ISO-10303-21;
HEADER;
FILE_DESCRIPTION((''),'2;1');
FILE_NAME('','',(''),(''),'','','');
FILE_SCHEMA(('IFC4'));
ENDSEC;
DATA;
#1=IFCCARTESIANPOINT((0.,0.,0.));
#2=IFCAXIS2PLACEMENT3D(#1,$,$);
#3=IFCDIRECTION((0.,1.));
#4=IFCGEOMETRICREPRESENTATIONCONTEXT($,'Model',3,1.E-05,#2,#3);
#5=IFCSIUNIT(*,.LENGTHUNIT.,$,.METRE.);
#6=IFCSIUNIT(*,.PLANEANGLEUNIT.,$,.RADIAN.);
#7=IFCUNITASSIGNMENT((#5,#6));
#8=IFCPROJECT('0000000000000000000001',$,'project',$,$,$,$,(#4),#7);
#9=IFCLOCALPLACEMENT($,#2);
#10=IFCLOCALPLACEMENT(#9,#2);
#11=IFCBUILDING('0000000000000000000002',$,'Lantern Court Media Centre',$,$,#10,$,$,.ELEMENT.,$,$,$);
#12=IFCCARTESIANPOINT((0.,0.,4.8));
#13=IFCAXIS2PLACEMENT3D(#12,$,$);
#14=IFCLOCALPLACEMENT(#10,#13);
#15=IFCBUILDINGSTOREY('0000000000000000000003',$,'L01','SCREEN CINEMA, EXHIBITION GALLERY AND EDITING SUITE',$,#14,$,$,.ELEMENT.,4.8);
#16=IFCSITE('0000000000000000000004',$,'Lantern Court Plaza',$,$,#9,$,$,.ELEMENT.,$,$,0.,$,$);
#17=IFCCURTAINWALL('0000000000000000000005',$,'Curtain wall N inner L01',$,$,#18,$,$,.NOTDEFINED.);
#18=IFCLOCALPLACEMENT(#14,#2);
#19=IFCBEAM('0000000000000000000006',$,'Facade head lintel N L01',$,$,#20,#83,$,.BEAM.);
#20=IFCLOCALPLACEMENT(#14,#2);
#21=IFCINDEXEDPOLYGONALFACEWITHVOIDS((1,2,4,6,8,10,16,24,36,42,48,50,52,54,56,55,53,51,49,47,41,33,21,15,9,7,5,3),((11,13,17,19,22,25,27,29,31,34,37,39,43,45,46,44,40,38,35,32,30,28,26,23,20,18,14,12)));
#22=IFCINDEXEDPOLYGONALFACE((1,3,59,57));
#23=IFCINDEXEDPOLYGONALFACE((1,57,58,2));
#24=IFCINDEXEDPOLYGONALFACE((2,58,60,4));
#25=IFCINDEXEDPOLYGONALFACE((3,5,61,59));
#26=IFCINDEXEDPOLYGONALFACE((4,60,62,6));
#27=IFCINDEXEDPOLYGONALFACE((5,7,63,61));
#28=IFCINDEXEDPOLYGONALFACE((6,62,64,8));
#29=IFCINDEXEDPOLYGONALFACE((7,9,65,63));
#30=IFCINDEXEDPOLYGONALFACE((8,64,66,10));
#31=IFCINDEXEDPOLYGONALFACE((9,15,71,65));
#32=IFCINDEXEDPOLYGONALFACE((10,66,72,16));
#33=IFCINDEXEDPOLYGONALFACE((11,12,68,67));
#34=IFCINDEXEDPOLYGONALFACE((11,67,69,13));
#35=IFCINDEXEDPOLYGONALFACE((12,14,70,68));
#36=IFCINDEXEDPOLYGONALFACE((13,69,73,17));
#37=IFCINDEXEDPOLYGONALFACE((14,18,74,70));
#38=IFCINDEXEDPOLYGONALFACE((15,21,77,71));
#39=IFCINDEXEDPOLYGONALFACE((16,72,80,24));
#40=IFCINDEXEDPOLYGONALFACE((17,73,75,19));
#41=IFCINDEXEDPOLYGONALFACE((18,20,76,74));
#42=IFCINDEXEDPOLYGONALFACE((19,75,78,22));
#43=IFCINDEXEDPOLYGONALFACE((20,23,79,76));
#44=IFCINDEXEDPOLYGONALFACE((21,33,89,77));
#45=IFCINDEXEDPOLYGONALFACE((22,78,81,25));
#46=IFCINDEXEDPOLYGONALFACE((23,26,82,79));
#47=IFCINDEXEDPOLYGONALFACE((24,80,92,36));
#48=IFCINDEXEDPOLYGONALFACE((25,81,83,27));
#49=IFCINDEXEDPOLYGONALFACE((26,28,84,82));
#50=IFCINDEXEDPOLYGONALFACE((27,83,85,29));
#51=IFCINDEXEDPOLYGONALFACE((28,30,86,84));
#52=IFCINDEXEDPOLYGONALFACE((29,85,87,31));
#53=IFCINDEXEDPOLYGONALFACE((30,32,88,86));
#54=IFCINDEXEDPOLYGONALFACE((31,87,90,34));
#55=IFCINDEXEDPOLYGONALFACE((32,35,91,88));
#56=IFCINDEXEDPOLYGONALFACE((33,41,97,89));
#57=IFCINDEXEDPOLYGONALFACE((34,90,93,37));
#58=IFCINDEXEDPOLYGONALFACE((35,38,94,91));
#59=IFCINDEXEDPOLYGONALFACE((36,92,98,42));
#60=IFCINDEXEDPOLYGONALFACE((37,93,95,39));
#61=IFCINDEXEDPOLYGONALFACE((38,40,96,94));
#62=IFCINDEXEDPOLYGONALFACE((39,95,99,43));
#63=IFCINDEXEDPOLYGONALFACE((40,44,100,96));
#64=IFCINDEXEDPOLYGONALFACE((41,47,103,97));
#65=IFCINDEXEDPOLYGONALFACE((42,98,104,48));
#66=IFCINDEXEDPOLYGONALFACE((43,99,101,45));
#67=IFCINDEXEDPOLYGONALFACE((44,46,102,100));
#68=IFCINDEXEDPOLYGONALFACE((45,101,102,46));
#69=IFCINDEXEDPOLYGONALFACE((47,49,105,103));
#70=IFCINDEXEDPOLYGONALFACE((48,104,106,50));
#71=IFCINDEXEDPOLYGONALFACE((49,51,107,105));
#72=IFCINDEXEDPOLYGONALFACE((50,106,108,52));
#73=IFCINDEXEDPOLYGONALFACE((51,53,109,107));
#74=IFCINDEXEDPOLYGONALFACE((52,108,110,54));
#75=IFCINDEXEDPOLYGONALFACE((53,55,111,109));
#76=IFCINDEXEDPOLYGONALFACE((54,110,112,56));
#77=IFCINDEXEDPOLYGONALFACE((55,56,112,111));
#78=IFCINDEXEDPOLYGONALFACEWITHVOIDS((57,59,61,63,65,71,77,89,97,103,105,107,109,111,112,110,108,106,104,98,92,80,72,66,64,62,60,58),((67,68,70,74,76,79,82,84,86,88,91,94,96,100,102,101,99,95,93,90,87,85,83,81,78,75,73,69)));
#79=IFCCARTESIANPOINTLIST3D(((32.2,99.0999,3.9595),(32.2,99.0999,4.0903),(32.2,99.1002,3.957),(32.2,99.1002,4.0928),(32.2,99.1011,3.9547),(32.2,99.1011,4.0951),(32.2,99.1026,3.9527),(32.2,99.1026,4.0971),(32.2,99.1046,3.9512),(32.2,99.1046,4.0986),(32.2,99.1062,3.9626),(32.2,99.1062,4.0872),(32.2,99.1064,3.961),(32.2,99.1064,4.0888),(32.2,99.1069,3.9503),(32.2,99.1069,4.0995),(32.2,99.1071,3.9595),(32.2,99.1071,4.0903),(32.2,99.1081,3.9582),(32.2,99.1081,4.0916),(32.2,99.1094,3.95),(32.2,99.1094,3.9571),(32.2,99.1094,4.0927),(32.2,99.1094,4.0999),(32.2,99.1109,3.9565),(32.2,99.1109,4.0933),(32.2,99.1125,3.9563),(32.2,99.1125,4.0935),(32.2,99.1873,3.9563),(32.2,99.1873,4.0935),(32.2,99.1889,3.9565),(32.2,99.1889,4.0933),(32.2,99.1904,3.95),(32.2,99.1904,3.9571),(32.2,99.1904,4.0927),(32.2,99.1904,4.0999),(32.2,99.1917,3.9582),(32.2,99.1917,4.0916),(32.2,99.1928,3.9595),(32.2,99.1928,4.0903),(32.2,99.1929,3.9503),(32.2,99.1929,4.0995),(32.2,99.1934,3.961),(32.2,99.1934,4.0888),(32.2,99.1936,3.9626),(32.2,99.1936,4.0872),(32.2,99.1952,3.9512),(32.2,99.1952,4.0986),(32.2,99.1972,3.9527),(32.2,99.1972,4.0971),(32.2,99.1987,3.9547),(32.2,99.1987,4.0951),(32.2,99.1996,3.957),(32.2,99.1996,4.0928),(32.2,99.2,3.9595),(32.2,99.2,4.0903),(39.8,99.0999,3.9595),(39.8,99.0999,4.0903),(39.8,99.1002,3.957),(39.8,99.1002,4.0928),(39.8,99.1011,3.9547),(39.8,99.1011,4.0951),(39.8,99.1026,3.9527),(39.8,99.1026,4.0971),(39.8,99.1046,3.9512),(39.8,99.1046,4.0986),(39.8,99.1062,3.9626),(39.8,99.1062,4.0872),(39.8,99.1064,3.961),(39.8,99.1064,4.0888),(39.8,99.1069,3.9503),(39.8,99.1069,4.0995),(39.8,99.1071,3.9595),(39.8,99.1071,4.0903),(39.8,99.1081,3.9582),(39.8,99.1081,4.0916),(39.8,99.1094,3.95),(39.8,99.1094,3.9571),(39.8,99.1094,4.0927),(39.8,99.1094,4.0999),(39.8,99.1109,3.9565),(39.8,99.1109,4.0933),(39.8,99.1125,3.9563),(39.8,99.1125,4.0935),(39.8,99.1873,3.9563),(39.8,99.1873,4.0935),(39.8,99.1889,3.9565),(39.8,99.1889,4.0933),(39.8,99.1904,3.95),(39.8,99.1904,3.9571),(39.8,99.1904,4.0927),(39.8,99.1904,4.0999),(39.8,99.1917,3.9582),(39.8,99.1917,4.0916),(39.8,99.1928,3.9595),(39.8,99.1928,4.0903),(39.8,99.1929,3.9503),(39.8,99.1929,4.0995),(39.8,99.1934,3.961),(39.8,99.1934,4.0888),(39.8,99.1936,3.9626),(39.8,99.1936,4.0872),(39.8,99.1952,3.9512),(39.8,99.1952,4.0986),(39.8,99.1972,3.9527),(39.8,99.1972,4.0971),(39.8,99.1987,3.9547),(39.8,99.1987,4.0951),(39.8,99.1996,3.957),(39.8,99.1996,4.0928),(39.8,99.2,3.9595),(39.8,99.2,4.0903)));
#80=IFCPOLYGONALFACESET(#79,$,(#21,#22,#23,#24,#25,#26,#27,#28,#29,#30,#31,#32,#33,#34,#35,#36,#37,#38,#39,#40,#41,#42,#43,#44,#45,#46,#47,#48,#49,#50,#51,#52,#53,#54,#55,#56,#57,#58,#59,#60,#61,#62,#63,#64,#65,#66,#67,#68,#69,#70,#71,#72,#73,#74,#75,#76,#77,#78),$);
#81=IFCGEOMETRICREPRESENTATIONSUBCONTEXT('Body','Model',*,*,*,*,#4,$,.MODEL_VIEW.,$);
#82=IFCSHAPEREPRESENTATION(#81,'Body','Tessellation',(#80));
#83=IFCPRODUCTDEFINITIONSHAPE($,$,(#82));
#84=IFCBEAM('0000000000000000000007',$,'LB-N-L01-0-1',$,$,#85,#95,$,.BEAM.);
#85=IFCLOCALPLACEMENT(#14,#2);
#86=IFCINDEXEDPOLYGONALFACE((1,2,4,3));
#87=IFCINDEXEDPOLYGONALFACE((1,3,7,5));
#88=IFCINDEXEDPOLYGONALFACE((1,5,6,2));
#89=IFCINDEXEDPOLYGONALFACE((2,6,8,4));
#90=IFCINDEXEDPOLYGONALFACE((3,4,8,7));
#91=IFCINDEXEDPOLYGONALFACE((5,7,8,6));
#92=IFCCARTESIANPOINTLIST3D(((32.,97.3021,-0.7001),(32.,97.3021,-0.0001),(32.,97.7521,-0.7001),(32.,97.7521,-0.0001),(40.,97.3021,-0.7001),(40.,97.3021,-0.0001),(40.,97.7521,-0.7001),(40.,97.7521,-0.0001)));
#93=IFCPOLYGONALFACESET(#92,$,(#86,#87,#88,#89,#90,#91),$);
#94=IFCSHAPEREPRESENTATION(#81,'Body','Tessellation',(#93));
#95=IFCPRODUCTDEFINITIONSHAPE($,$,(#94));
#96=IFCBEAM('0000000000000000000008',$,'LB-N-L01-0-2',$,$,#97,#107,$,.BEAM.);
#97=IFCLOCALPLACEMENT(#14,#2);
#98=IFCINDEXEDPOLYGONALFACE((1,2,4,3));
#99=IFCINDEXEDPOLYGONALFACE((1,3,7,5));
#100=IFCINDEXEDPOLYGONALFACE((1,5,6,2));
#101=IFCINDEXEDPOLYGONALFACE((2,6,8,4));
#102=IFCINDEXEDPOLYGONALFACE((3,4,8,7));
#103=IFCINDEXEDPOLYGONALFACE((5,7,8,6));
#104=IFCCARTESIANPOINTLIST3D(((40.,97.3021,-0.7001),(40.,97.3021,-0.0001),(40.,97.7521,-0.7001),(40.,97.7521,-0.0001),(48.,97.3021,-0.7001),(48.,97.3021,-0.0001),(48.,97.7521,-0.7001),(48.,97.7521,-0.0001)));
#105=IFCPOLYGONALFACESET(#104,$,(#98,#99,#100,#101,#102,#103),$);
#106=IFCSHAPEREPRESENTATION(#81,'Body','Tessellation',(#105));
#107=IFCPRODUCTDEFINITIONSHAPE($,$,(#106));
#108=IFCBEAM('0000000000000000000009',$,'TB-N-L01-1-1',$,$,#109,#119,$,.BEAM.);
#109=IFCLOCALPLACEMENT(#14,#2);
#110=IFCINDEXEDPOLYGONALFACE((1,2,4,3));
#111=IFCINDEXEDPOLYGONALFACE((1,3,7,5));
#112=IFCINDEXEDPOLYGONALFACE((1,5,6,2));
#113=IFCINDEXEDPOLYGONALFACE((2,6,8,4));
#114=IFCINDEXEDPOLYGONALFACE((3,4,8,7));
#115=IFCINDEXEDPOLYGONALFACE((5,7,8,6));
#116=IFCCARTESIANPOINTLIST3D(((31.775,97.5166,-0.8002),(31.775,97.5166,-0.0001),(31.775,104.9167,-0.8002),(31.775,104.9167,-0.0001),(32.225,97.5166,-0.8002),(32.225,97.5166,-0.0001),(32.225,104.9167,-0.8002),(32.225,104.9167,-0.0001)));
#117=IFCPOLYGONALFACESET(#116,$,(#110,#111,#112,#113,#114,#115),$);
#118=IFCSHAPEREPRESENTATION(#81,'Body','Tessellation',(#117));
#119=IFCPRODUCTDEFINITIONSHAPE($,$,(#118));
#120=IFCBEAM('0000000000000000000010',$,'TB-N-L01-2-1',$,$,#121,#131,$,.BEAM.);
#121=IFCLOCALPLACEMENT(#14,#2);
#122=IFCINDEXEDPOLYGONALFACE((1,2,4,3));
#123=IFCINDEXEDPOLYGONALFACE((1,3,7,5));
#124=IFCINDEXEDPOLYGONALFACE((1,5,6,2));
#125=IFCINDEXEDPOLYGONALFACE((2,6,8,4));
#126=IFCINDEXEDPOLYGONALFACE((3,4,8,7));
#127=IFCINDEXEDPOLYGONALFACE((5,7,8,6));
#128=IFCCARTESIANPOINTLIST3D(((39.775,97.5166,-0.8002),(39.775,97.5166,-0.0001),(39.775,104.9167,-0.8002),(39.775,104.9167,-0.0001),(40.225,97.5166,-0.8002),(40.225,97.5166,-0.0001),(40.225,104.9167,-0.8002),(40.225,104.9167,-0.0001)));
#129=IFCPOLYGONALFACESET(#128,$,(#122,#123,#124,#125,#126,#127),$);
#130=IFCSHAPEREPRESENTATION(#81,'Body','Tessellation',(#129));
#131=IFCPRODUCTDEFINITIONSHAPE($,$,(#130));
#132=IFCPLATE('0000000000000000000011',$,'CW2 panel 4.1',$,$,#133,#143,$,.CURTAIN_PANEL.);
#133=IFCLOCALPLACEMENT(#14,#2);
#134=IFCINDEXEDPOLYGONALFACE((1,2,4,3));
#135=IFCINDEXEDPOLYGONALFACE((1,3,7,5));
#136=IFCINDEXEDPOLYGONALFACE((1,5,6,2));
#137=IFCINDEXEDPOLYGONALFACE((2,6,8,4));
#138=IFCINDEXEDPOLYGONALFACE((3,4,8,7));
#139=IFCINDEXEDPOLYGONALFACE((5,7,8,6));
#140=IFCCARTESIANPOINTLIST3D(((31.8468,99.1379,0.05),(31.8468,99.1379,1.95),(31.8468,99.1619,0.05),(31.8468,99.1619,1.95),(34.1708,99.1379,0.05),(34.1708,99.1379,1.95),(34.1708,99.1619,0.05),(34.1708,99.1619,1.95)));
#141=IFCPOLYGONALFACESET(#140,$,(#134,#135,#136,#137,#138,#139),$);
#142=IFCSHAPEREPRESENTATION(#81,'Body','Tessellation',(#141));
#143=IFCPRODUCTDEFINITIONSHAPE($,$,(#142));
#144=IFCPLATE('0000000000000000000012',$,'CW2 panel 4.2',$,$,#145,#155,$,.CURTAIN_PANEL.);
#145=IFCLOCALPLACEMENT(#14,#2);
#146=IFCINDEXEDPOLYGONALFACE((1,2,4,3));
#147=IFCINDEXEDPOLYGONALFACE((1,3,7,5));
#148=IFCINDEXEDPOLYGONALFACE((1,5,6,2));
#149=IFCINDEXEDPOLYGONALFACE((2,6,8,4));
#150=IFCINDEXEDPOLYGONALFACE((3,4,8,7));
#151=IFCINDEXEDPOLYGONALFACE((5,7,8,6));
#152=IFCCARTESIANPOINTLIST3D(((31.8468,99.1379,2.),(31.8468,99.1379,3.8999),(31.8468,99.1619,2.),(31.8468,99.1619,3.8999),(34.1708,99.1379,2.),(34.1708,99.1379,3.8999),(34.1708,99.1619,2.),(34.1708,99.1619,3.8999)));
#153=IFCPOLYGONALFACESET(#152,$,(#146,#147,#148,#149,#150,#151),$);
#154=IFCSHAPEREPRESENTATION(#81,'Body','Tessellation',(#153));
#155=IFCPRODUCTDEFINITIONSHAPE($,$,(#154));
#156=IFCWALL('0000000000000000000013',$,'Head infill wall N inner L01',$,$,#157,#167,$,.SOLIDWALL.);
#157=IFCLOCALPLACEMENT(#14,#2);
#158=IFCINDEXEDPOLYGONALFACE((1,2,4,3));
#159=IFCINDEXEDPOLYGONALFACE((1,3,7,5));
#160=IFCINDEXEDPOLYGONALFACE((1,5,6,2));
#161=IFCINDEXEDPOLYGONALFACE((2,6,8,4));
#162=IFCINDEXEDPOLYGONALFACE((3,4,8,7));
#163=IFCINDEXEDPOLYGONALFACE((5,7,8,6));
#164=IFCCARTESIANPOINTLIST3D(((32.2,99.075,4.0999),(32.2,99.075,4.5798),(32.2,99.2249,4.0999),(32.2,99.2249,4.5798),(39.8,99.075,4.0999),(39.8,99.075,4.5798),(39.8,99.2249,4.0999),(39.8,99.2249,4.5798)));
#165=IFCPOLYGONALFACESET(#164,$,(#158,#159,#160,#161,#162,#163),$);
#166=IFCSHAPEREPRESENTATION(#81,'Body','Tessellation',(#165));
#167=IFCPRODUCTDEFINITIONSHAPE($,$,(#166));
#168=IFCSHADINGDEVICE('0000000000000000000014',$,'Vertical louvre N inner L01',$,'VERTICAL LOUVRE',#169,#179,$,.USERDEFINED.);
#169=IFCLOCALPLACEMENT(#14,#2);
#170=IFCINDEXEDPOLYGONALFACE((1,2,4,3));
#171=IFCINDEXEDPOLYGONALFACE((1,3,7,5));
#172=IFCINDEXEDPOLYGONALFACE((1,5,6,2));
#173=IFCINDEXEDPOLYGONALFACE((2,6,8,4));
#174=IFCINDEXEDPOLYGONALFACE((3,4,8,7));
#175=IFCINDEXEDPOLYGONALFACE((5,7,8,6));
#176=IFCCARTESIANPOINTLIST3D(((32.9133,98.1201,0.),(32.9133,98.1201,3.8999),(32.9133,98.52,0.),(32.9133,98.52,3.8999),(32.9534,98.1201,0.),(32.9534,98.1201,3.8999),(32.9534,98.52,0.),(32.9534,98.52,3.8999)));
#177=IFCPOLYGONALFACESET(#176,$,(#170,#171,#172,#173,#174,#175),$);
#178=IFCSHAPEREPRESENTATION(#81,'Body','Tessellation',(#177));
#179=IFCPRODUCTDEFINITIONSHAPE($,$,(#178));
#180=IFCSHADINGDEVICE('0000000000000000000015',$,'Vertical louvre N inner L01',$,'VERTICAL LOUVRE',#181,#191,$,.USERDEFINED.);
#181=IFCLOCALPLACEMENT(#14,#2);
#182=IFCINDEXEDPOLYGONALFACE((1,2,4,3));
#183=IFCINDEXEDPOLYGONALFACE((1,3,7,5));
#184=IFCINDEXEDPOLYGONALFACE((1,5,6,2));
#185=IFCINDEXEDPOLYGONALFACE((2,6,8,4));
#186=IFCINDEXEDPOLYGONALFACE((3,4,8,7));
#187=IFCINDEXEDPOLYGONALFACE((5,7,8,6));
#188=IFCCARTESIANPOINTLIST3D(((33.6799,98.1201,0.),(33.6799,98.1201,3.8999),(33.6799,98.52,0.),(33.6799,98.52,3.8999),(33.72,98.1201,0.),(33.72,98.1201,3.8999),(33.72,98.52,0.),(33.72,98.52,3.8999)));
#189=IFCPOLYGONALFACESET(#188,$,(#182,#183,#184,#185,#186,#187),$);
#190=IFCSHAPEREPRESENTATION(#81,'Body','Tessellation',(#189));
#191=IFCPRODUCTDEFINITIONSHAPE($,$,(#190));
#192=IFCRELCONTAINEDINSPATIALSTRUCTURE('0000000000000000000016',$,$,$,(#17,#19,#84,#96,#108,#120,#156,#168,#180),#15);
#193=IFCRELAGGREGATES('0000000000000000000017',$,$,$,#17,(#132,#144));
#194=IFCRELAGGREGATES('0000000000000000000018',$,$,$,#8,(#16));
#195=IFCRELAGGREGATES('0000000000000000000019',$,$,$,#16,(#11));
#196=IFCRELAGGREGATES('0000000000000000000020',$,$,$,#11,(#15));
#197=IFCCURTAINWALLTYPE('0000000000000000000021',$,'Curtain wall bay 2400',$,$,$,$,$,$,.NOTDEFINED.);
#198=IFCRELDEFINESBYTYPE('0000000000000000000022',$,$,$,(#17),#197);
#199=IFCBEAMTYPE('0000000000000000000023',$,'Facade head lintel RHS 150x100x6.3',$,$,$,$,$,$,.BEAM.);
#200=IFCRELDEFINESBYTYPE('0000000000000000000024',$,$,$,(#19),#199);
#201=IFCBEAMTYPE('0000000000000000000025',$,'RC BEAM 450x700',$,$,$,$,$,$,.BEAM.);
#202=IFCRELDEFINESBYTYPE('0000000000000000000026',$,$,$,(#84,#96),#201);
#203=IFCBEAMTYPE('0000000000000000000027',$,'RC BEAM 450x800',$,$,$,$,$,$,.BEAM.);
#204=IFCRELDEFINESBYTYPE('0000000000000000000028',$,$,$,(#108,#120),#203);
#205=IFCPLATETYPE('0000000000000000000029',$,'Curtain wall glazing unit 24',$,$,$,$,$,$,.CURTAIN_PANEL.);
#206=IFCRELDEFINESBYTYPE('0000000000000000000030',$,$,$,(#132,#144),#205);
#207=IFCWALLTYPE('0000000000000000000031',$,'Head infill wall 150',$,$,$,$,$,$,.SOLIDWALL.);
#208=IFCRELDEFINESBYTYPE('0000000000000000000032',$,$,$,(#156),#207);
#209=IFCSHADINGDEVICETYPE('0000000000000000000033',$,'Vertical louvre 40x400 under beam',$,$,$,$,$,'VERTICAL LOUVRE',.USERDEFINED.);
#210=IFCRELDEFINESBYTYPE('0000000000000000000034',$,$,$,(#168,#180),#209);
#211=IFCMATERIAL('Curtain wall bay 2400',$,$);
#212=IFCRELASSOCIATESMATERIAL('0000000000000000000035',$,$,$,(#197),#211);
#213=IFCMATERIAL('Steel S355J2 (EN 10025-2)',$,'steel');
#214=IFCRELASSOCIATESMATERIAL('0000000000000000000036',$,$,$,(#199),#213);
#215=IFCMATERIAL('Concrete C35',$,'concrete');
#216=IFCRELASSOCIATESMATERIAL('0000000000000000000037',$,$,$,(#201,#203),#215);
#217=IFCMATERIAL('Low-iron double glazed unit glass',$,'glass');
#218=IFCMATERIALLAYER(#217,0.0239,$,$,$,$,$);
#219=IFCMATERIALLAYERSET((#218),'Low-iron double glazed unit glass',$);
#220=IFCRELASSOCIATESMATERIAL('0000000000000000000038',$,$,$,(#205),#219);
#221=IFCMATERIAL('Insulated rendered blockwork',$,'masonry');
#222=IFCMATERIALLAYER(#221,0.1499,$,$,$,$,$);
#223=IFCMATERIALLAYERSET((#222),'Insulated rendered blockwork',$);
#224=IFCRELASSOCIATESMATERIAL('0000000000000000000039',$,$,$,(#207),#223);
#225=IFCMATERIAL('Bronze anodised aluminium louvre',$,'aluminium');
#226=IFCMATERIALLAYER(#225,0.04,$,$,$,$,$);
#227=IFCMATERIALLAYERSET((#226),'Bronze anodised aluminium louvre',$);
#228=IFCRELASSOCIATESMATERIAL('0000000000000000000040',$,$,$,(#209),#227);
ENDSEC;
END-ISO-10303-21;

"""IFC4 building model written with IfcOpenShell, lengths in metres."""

from ifc_helpers import new_model, si_unit, direction, frame, frame_2d, origin, origin_2d, place, context, subcontext, project, spatial, rectangle, hollow_rectangle, extrude, material, layer, layer_set, material_profile, profile_set, type_object, element, aggregate, save


model = new_model("IFC4")

# Units and contexts
model_context = context("Model", 3, precision=1e-05, world=origin(), true_north=direction((0.0, 1.0)))
body_context = subcontext(model_context, "Body", "Model", "MODEL_VIEW")
ifc_project = project(units=[si_unit("LENGTHUNIT", "METRE"), si_unit("PLANEANGLEUNIT", "RADIAN")], contexts=[model_context])

# Site, building, storey
site_placement = place(None, origin())
site = spatial("IfcSite", under=ifc_project, at=site_placement, Name="Lantern Court Plaza", CompositionType="ELEMENT", RefElevation=0.0)
building_placement = place(site_placement, origin())
building = spatial("IfcBuilding", under=site, at=building_placement, Name="Lantern Court Media Centre", CompositionType="ELEMENT")
storey_placement = place(building_placement, frame((0.0, 0.0, 4.8)))
storey = spatial("IfcBuildingStorey", under=building, at=storey_placement, Name="L01", Description="SCREEN CINEMA, EXHIBITION GALLERY AND EDITING SUITE", CompositionType="ELEMENT", Elevation=4.8)

# Shared definitions
ifc_material_1 = material(Name="Concrete C35", Category="concrete")

# Curtain wall
ifc_material_2 = material(Name="Curtain wall bay 2400")
curtain_wall_type = type_object("IfcCurtainWallType", Name="Curtain wall bay 2400", PredefinedType="NOTDEFINED", material=ifc_material_2)
curtain_wall_placement = place(storey_placement, origin())
curtain_wall = element("IfcCurtainWall", 1, at=curtain_wall_placement, inside=storey, type_object=curtain_wall_type, Name="Curtain wall N inner L01", PredefinedType="NOTDEFINED")

# Beams
ifc_material_3 = material(Name="Steel S355J2 (EN 10025-2)", Category="steel")
ifc_material_profile_1 = material_profile(ifc_material_3, hollow_rectangle(XDim=0.1001, YDim=0.1499, WallThickness=0.0063, InnerFilletRadius=0.0063, OuterFilletRadius=0.0095, at=origin_2d()), Name="Facade head lintel RHS 150x100x6.3")
ifc_profile_set_1 = profile_set([ifc_material_profile_1], Name="Steel S355J2 (EN 10025-2)")
beam_type_1 = type_object("IfcBeamType", Name="Facade head lintel RHS 150x100x6.3", PredefinedType="BEAM", material=ifc_profile_set_1)
beam_placement = place(storey_placement, frame((32.2, 99.1499, 4.0249), z_axis=(1.0, 0.0, 0.0), x_axis=(0.0, 1.0, 0.0)))
element("IfcBeam", 2, at=beam_placement, inside=storey, type_object=beam_type_1, Name="Facade head lintel N L01", PredefinedType="BEAM", context=body_context, shape_type="SweptSolid", body=[
    extrude(hollow_rectangle(XDim=0.1001, YDim=0.1499, WallThickness=0.0063, InnerFilletRadius=0.0063, OuterFilletRadius=0.0095, at=origin_2d()), origin(), (0.0, 0.0, 1.0), 7.6001),
])
ifc_material_profile_2 = material_profile(ifc_material_1, rectangle(XDim=0.45, YDim=0.7, at=origin_2d()), Name="RC 450x700")
ifc_profile_set_2 = profile_set([ifc_material_profile_2], Name="Concrete C35")
beam_type_2 = type_object("IfcBeamType", Name="RC BEAM 450x700", PredefinedType="BEAM", material=ifc_profile_set_2)
for number, where, z_axis, x_axis, name in (
    (3, (32.0, 97.5271, -0.3501), (1.0, 0.0, 0.0), (0.0, 1.0, 0.0), "LB-N-L01-0-1"),
    (4, (40.0, 97.5271, -0.3501), (1.0, 0.0, 0.0), (0.0, 1.0, 0.0), "LB-N-L01-0-2"),
):
    element("IfcBeam", number, at=place(storey_placement, frame(where, z_axis=z_axis, x_axis=x_axis)), inside=storey, type_object=beam_type_2, Name=name, PredefinedType="BEAM", context=body_context, shape_type="SweptSolid", body=[
        extrude(rectangle(XDim=0.45, YDim=0.7, at=origin_2d()), origin(), (0.0, 0.0, 1.0), 8.0),
    ])
ifc_material_profile_3 = material_profile(ifc_material_1, rectangle(XDim=0.45, YDim=0.8, at=origin_2d()), Name="RC 450x800")
ifc_profile_set_3 = profile_set([ifc_material_profile_3], Name="Concrete C35")
beam_type_3 = type_object("IfcBeamType", Name="RC BEAM 450x800", PredefinedType="BEAM", material=ifc_profile_set_3)
for number, where, z_axis, x_axis, name in (
    (5, (32.0, 97.5166, -0.4001), (0.0, 1.0, 0.0), (-1.0, 0.0, 0.0), "TB-N-L01-1-1"),
    (6, (40.0, 97.5166, -0.4001), (0.0, 1.0, 0.0), (-1.0, 0.0, 0.0), "TB-N-L01-2-1"),
):
    element("IfcBeam", number, at=place(storey_placement, frame(where, z_axis=z_axis, x_axis=x_axis)), inside=storey, type_object=beam_type_3, Name=name, PredefinedType="BEAM", context=body_context, shape_type="SweptSolid", body=[
        extrude(rectangle(XDim=0.45, YDim=0.8, at=origin_2d()), origin(), (0.0, 0.0, 1.0), 7.4001),
    ])

# Plates
ifc_material_4 = material(Name="Low-iron double glazed unit glass", Category="glass")
ifc_layer_1 = layer(ifc_material_4, 0.0239)
ifc_layer_set_1 = layer_set([ifc_layer_1], Name="Low-iron double glazed unit glass")
plate_type = type_object("IfcPlateType", Name="Curtain wall glazing unit 24", PredefinedType="CURTAIN_PANEL", material=ifc_layer_set_1)
plate_1_placement = place(storey_placement, frame((33.0088, 99.1499, 0.05), z_axis=(0.0, 0.0, 1.0), x_axis=(1.0, 0.0, 0.0)))
plate_1 = element("IfcPlate", 7, at=plate_1_placement, type_object=plate_type, Name="CW2 panel 4.1", PredefinedType="CURTAIN_PANEL", context=body_context, shape_type="SweptSolid", body=[
    extrude(rectangle(XDim=2.324, YDim=0.0239, at=origin_2d()), origin(), (0.0, 0.0, 1.0), 1.8999),
])
plate_2_placement = place(storey_placement, frame((33.0088, 99.1499, 2.0), z_axis=(0.0, 0.0, 1.0), x_axis=(1.0, 0.0, 0.0)))
plate_2 = element("IfcPlate", 8, at=plate_2_placement, type_object=plate_type, Name="CW2 panel 4.2", PredefinedType="CURTAIN_PANEL", context=body_context, shape_type="SweptSolid", body=[
    extrude(rectangle(XDim=2.324, YDim=0.0239, at=origin_2d()), origin(), (0.0, 0.0, 1.0), 1.8999),
])
aggregate(curtain_wall, [plate_1, plate_2])

# Wall
ifc_material_5 = material(Name="Insulated rendered blockwork", Category="masonry")
ifc_layer_2 = layer(ifc_material_5, 0.1499)
ifc_layer_set_2 = layer_set([ifc_layer_2], Name="Insulated rendered blockwork")
wall_type = type_object("IfcWallType", Name="Head infill wall 150", PredefinedType="SOLIDWALL", material=ifc_layer_set_2)
wall_placement = place(storey_placement, frame((32.2, 99.1499, 4.0999), z_axis=(0.0, 0.0, 1.0), x_axis=(1.0, 0.0, 0.0)))
element("IfcWall", 9, at=wall_placement, inside=storey, type_object=wall_type, Name="Head infill wall N inner L01", PredefinedType="SOLIDWALL", context=body_context, shape_type="SweptSolid", body=[
    extrude(rectangle(XDim=7.6001, YDim=0.1499, at=frame_2d((3.8, 0.0))), origin(), (0.0, 0.0, 1.0), 0.48),
])

# Shading devices
ifc_material_6 = material(Name="Bronze anodised aluminium louvre", Category="aluminium")
ifc_layer_3 = layer(ifc_material_6, 0.04)
ifc_layer_set_3 = layer_set([ifc_layer_3], Name="Bronze anodised aluminium louvre")
shading_device_type = type_object("IfcShadingDeviceType", Name="Vertical louvre 40x400 under beam", ElementType="VERTICAL LOUVRE", PredefinedType="USERDEFINED", material=ifc_layer_set_3)
for number, where, z_axis, x_axis, name in (
    (10, (32.9333, 98.3201, 0.0), (0.0, 0.0, 1.0), (1.0, 0.0, 0.0), "Vertical louvre N inner L01"),
    (11, (33.7, 98.3201, 0.0), (0.0, 0.0, 1.0), (1.0, 0.0, 0.0), "Vertical louvre N inner L01"),
):
    element("IfcShadingDevice", number, at=place(storey_placement, frame(where, z_axis=z_axis, x_axis=x_axis)), inside=storey, type_object=shading_device_type, Name=name, ObjectType="VERTICAL LOUVRE", PredefinedType="USERDEFINED", context=body_context, shape_type="SweptSolid", body=[
        extrude(rectangle(XDim=0.04, YDim=0.3999, at=origin_2d()), origin(), (0.0, 0.0, 1.0), 3.8999),
    ])

save(model, "model.ifc")
